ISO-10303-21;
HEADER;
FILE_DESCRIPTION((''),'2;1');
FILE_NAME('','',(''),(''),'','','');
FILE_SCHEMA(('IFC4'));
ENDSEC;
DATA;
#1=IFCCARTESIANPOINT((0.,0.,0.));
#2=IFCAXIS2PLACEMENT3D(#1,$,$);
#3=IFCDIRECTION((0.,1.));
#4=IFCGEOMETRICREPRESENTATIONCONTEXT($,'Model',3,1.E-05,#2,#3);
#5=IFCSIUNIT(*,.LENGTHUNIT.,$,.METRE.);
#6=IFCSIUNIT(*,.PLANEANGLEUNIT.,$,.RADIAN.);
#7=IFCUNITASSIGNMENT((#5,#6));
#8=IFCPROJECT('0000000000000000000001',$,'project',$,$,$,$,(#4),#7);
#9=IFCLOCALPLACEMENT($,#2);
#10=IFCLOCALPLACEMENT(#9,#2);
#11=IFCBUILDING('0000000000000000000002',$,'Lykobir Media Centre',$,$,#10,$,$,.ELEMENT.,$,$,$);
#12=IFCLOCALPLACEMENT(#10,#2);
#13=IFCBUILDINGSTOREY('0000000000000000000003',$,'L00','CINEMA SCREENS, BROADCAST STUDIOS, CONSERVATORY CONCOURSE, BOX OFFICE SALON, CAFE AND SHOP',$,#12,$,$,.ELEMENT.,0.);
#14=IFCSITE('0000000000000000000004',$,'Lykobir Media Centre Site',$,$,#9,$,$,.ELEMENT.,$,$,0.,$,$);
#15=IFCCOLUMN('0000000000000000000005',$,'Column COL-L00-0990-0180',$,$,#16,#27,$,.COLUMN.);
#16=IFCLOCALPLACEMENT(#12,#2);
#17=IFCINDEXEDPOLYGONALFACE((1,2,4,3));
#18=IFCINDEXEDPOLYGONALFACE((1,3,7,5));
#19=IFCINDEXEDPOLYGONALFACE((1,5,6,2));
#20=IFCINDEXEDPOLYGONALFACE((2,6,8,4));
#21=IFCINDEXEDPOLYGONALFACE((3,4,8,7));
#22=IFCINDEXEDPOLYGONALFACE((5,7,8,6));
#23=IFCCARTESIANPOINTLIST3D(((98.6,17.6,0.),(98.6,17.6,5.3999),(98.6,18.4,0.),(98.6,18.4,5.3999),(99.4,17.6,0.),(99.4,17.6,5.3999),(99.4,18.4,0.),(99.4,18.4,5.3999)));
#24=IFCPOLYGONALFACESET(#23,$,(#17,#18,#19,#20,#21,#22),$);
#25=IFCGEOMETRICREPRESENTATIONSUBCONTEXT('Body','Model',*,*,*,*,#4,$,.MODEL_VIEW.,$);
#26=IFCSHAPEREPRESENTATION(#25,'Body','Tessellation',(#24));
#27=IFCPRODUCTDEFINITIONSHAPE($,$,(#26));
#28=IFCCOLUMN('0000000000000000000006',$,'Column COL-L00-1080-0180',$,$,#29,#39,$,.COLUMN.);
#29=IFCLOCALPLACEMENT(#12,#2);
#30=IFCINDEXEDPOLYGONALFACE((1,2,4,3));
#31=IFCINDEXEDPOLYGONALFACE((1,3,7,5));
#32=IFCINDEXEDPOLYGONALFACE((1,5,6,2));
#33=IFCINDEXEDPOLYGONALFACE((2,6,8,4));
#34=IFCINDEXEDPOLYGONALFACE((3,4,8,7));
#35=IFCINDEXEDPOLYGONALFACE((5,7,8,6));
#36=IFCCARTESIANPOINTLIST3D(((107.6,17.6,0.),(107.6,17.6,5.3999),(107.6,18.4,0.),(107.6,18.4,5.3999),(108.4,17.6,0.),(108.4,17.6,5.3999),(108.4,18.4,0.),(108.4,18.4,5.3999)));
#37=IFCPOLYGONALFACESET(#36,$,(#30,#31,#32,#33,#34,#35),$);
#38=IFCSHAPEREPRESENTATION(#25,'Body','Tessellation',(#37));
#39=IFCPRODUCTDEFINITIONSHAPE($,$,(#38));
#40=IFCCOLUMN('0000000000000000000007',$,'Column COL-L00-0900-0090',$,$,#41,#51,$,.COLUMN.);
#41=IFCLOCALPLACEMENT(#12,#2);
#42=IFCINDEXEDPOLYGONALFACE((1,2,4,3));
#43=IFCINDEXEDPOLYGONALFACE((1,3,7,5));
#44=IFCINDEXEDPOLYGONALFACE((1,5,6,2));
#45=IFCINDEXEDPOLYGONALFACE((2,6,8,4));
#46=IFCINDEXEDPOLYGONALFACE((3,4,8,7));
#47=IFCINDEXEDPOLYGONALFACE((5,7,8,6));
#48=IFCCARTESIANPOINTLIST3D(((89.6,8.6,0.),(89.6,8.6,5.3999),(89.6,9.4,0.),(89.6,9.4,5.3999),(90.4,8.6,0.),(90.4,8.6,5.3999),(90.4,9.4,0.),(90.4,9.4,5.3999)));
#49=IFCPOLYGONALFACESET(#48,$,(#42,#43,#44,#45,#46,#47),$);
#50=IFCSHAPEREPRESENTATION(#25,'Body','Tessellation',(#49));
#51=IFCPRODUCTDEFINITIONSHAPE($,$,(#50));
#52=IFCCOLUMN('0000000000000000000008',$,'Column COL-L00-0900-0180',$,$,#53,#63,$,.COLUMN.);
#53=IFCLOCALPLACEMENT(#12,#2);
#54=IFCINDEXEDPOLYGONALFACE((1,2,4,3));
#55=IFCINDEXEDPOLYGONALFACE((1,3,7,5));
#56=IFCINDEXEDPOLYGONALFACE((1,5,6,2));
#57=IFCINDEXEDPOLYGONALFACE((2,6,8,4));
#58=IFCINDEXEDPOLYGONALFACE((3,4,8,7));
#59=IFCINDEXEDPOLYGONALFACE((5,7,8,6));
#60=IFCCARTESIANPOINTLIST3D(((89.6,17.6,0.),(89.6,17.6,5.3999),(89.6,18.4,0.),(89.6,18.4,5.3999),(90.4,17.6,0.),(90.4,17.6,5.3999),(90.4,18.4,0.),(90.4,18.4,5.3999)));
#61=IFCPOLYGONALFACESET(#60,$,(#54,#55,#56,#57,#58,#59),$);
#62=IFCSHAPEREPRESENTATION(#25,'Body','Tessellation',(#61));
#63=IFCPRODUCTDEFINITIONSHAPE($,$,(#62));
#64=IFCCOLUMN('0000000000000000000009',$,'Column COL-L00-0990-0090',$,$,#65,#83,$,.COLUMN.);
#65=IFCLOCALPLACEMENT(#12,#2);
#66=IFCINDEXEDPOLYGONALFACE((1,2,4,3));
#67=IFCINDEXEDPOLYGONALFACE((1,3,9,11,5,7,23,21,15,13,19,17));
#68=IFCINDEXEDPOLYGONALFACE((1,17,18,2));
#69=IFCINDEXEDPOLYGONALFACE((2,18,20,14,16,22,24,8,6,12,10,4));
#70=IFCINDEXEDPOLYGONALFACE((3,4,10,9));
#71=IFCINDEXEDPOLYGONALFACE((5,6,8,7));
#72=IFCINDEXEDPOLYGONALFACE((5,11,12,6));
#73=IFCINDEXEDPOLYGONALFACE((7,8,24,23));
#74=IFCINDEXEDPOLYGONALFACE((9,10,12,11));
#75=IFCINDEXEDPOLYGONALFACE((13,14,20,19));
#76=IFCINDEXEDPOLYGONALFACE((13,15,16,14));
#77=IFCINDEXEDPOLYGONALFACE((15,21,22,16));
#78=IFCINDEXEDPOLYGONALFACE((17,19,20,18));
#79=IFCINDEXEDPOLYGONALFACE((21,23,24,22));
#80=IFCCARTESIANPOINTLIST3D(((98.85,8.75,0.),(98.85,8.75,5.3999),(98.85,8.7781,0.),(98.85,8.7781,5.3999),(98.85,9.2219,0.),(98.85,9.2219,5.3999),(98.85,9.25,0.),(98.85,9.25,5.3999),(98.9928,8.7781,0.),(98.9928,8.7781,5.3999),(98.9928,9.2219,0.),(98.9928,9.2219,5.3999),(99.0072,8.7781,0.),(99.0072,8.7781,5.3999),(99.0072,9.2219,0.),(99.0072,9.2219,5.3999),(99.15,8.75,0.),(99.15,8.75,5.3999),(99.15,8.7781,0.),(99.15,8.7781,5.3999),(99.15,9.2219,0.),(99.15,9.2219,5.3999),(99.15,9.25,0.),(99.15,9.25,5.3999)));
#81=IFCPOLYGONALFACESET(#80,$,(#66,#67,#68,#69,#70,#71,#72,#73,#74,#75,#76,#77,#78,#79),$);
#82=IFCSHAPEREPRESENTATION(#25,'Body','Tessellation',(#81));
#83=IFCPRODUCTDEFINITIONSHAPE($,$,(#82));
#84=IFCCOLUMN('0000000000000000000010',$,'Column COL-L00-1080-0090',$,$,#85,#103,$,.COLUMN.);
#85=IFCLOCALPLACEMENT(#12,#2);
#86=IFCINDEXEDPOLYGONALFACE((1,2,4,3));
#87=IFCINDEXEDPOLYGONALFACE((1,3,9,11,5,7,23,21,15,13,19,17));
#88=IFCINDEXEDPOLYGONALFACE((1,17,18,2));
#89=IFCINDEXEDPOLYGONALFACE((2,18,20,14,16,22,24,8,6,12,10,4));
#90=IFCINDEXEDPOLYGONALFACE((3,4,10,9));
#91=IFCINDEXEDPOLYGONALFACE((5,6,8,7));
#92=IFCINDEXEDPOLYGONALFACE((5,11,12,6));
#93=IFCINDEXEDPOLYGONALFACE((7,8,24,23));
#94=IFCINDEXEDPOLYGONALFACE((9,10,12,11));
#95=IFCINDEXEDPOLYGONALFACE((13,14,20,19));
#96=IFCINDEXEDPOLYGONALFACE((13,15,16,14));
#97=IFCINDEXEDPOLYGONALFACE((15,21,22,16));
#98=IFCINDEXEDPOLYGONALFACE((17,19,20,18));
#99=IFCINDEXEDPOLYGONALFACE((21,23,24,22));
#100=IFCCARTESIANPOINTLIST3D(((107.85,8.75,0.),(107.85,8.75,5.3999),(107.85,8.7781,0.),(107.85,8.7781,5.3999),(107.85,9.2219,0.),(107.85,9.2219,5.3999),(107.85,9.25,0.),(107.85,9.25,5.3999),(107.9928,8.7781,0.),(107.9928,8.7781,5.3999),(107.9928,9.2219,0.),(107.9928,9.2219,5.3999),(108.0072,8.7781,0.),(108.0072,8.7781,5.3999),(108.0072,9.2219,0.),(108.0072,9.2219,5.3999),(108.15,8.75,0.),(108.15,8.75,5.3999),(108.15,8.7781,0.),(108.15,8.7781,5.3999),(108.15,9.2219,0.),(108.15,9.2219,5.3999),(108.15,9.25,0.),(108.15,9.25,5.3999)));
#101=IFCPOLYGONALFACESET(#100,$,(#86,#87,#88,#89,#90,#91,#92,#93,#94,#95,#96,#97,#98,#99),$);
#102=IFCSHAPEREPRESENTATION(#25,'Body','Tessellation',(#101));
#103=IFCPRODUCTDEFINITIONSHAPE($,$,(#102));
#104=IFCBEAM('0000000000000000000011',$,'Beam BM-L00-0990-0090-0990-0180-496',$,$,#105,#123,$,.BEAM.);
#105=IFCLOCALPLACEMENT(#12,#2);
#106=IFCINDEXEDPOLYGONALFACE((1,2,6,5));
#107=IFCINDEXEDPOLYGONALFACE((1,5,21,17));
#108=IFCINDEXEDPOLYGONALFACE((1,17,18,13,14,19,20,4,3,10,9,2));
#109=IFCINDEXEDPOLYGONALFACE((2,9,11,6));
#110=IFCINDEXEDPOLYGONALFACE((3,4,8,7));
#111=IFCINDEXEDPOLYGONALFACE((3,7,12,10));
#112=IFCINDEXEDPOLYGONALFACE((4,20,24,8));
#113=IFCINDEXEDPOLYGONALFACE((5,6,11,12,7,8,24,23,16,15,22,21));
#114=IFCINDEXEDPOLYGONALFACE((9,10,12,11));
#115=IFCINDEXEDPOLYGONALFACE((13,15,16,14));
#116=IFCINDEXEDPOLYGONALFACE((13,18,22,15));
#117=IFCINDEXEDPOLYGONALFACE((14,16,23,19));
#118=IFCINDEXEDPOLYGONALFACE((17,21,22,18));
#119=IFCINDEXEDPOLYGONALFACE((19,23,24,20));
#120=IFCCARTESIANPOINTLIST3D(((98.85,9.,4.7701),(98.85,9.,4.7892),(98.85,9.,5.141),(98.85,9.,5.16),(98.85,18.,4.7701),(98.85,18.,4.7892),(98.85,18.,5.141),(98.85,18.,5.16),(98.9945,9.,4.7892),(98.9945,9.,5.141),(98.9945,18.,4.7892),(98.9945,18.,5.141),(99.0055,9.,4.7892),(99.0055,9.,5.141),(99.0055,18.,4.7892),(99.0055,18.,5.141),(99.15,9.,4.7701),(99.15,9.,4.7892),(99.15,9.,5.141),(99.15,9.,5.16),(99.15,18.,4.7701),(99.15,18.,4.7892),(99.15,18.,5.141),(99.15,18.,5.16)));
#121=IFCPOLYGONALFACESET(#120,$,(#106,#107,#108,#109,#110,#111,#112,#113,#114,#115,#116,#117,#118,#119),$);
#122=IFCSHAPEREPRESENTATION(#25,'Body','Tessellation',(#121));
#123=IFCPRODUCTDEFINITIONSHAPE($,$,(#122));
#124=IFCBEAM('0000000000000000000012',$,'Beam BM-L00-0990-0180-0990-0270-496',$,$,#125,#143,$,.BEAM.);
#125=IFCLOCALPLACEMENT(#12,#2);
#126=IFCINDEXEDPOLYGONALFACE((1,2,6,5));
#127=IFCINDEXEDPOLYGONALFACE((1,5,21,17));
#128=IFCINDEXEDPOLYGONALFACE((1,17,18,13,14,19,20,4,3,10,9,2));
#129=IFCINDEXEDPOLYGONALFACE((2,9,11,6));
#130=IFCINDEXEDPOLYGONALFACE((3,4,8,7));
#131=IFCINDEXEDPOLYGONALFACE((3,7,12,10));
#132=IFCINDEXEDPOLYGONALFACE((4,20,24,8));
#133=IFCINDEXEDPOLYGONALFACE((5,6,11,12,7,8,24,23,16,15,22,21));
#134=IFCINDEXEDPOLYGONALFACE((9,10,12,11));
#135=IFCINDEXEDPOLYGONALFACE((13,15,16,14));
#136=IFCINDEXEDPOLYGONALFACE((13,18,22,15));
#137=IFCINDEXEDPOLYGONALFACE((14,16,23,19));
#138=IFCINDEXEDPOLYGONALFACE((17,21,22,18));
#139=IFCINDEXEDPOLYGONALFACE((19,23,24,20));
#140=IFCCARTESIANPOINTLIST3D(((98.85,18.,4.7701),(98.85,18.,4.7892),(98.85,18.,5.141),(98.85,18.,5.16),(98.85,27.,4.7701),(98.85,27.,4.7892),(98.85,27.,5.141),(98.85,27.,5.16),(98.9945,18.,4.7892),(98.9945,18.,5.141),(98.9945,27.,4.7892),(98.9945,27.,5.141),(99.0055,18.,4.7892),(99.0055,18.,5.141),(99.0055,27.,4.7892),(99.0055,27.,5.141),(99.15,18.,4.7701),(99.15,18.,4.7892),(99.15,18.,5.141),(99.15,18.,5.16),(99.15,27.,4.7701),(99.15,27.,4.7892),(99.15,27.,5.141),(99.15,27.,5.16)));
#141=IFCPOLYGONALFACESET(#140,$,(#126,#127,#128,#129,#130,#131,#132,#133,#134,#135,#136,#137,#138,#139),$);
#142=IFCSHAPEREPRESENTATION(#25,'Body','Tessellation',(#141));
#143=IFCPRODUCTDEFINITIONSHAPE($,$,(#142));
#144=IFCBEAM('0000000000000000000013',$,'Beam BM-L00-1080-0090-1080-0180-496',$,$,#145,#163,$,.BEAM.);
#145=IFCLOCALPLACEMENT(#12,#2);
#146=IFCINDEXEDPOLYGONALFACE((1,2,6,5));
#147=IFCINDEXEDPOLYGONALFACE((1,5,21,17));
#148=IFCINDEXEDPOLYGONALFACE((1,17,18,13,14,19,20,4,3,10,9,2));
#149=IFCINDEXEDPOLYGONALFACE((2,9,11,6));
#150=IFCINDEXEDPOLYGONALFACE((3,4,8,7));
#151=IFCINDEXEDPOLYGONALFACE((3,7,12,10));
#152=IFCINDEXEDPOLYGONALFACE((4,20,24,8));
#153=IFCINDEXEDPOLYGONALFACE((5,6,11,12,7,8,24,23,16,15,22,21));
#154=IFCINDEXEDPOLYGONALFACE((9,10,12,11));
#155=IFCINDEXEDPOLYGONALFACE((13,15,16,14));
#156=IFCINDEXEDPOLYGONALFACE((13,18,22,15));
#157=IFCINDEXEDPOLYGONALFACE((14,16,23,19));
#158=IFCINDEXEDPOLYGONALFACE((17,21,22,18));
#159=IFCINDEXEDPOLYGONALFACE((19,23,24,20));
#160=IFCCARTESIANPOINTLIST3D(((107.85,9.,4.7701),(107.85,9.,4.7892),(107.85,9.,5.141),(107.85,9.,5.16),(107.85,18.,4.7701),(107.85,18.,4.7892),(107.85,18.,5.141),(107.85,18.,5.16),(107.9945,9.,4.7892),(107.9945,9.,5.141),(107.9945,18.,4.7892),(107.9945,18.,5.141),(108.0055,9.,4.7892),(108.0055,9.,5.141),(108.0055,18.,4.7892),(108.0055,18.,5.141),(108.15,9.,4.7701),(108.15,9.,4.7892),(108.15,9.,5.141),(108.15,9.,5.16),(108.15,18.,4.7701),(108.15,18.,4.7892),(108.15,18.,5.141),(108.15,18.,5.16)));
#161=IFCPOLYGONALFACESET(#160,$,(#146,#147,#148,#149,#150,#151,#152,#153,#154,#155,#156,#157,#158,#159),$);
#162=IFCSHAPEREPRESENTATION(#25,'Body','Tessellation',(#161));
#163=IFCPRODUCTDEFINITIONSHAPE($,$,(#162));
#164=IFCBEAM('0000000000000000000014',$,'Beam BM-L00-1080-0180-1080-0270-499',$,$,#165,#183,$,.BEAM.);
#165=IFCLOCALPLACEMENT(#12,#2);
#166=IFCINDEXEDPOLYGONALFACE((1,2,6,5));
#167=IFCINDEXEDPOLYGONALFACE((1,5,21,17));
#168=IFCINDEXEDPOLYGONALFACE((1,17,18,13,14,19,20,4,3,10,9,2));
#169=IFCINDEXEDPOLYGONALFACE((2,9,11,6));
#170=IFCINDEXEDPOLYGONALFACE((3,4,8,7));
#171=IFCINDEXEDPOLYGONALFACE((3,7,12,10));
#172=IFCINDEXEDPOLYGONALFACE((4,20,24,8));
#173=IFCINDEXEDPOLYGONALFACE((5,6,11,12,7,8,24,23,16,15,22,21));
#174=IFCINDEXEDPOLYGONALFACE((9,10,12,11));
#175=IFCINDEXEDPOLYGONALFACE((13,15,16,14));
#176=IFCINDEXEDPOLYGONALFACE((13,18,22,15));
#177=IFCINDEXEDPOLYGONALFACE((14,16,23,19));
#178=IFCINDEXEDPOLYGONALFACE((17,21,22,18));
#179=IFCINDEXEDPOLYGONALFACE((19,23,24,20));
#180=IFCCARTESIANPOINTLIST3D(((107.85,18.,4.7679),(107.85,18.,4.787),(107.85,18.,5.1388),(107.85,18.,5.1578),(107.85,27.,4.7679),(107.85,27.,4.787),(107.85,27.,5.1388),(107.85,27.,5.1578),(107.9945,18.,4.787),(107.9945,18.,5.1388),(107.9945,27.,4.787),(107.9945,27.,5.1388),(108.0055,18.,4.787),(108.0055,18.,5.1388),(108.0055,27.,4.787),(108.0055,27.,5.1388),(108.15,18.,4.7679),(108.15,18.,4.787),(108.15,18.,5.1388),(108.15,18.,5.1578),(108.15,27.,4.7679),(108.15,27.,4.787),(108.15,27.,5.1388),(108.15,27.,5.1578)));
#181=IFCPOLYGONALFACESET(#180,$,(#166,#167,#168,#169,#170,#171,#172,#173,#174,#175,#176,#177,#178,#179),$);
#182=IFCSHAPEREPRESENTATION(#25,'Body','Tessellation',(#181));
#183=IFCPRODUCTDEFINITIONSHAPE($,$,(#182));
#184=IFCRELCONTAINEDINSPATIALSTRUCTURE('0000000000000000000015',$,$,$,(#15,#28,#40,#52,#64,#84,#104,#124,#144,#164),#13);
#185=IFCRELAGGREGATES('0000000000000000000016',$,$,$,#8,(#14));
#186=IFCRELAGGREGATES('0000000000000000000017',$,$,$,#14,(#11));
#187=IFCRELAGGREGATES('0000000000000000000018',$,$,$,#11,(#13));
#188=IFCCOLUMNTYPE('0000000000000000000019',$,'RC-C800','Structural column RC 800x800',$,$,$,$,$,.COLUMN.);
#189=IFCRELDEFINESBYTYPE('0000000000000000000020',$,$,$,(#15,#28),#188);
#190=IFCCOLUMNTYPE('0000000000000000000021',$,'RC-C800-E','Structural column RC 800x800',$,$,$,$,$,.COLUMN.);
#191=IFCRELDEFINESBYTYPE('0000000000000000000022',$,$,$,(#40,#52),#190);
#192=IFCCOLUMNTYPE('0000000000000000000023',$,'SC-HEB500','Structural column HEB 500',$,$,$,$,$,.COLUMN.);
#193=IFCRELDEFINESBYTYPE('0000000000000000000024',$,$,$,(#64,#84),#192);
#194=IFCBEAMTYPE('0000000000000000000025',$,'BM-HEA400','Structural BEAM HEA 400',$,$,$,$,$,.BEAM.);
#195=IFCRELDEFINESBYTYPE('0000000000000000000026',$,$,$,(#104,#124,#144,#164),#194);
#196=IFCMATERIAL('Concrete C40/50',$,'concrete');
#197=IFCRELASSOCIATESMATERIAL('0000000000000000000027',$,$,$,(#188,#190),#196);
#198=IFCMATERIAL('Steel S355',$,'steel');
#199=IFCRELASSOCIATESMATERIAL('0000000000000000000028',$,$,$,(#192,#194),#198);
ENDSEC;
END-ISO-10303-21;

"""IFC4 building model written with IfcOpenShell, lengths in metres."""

from ifc_helpers import new_model, si_unit, direction, frame, origin, origin_2d, place, context, subcontext, project, spatial, rectangle, i_section, extrude, material, material_profile, profile_set, type_object, element, save


model = new_model("IFC4")

# Units and contexts
model_context = context("Model", 3, precision=1e-05, world=origin(), true_north=direction((0.0, 1.0)))
body_context = subcontext(model_context, "Body", "Model", "MODEL_VIEW")
ifc_project = project(units=[si_unit("LENGTHUNIT", "METRE"), si_unit("PLANEANGLEUNIT", "RADIAN")], contexts=[model_context])

# Site, building, storey
site_placement = place(None, origin())
site = spatial("IfcSite", under=ifc_project, at=site_placement, Name="Lykobir Media Centre Site", CompositionType="ELEMENT", RefElevation=0.0)
building_placement = place(site_placement, origin())
building = spatial("IfcBuilding", under=site, at=building_placement, Name="Lykobir Media Centre", CompositionType="ELEMENT")
storey_placement = place(building_placement, origin())
storey = spatial("IfcBuildingStorey", under=building, at=storey_placement, Name="L00", Description="CINEMA SCREENS, BROADCAST STUDIOS, CONSERVATORY CONCOURSE, BOX OFFICE SALON, CAFE AND SHOP", CompositionType="ELEMENT", Elevation=0.0)

# Columns
ifc_material_1 = material(Name="Concrete C40/50", Category="concrete")
ifc_material_profile_1 = material_profile(ifc_material_1, rectangle(XDim=0.8, YDim=0.8, at=origin_2d()), Name="RC 800x800")
ifc_profile_set_1 = profile_set([ifc_material_profile_1], Name="Concrete C40/50")
column_type_1 = type_object("IfcColumnType", Name="RC-C800", Description="Structural column RC 800x800", PredefinedType="COLUMN", material=ifc_profile_set_1)
for number, where, z_axis, x_axis, name in (
    (1, (99.0, 18.0, 0.0), (0.0, 0.0, 1.0), (1.0, 0.0, 0.0), "Column COL-L00-0990-0180"),
    (2, (108.0, 18.0, 0.0), (0.0, 0.0, 1.0), (1.0, 0.0, 0.0), "Column COL-L00-1080-0180"),
):
    element("IfcColumn", number, at=place(storey_placement, frame(where, z_axis=z_axis, x_axis=x_axis)), inside=storey, type_object=column_type_1, Name=name, PredefinedType="COLUMN", context=body_context, shape_type="SweptSolid", body=[
        extrude(rectangle(XDim=0.8, YDim=0.8, at=origin_2d()), origin(), (0.0, 0.0, 1.0), 5.3999),
    ])
ifc_material_profile_2 = material_profile(ifc_material_1, rectangle(XDim=0.8, YDim=0.8, at=origin_2d()), Name="RC 800x800")
ifc_profile_set_2 = profile_set([ifc_material_profile_2], Name="Concrete C40/50")
column_type_2 = type_object("IfcColumnType", Name="RC-C800-E", Description="Structural column RC 800x800", PredefinedType="COLUMN", material=ifc_profile_set_2)
for number, where, z_axis, x_axis, name in (
    (3, (90.0, 9.0, 0.0), (0.0, 0.0, 1.0), (1.0, 0.0, 0.0), "Column COL-L00-0900-0090"),
    (4, (90.0, 18.0, 0.0), (0.0, 0.0, 1.0), (1.0, 0.0, 0.0), "Column COL-L00-0900-0180"),
):
    element("IfcColumn", number, at=place(storey_placement, frame(where, z_axis=z_axis, x_axis=x_axis)), inside=storey, type_object=column_type_2, Name=name, PredefinedType="COLUMN", context=body_context, shape_type="SweptSolid", body=[
        extrude(rectangle(XDim=0.8, YDim=0.8, at=origin_2d()), origin(), (0.0, 0.0, 1.0), 5.3999),
    ])
ifc_material_2 = material(Name="Steel S355", Category="steel")
ifc_material_profile_3 = material_profile(ifc_material_2, i_section(OverallWidth=0.3, OverallDepth=0.5, WebThickness=0.0144, FlangeThickness=0.0281, at=origin_2d()), Name="HEB 500")
ifc_profile_set_3 = profile_set([ifc_material_profile_3], Name="Steel S355")
column_type_3 = type_object("IfcColumnType", Name="SC-HEB500", Description="Structural column HEB 500", PredefinedType="COLUMN", material=ifc_profile_set_3)
for number, where, z_axis, x_axis, name in (
    (5, (99.0, 9.0, 0.0), (0.0, 0.0, 1.0), (1.0, 0.0, 0.0), "Column COL-L00-0990-0090"),
    (6, (108.0, 9.0, 0.0), (0.0, 0.0, 1.0), (1.0, 0.0, 0.0), "Column COL-L00-1080-0090"),
):
    element("IfcColumn", number, at=place(storey_placement, frame(where, z_axis=z_axis, x_axis=x_axis)), inside=storey, type_object=column_type_3, Name=name, PredefinedType="COLUMN", context=body_context, shape_type="SweptSolid", body=[
        extrude(i_section(OverallWidth=0.3, OverallDepth=0.5, WebThickness=0.0144, FlangeThickness=0.0281, at=origin_2d()), origin(), (0.0, 0.0, 1.0), 5.3999),
    ])

# Beams
ifc_material_profile_4 = material_profile(ifc_material_2, i_section(OverallWidth=0.3, OverallDepth=0.3899, WebThickness=0.011, FlangeThickness=0.019, at=origin_2d()), Name="HEA 400")
ifc_profile_set_4 = profile_set([ifc_material_profile_4], Name="Steel S355")
beam_type_1 = type_object("IfcBeamType", Name="BM-HEA400", Description="Structural BEAM HEA 400", PredefinedType="BEAM", material=ifc_profile_set_4)
for number, where, z_axis, x_axis, name in (
    (7, (99.0, 9.0, 4.9651), (0.0, 1.0, 0.0), (-1.0, 0.0, 0.0), "Beam BM-L00-0990-0090-0990-0180-496"),
    (8, (99.0, 18.0, 4.9651), (0.0, 1.0, 0.0), (-1.0, 0.0, 0.0), "Beam BM-L00-0990-0180-0990-0270-496"),
    (9, (108.0, 9.0, 4.9651), (0.0, 1.0, 0.0), (-1.0, 0.0, 0.0), "Beam BM-L00-1080-0090-1080-0180-496"),
    (10, (108.0, 18.0, 4.9629), (0.0, 1.0, 0.0), (-1.0, 0.0, 0.0), "Beam BM-L00-1080-0180-1080-0270-499"),
):
    element("IfcBeam", number, at=place(storey_placement, frame(where, z_axis=z_axis, x_axis=x_axis)), inside=storey, type_object=beam_type_1, Name=name, PredefinedType="BEAM", context=body_context, shape_type="SweptSolid", body=[
        extrude(i_section(OverallWidth=0.3, OverallDepth=0.3899, WebThickness=0.011, FlangeThickness=0.019, at=origin_2d()), origin(), (0.0, 0.0, 1.0), 9.0),
    ])

save(model, "model.ifc")
